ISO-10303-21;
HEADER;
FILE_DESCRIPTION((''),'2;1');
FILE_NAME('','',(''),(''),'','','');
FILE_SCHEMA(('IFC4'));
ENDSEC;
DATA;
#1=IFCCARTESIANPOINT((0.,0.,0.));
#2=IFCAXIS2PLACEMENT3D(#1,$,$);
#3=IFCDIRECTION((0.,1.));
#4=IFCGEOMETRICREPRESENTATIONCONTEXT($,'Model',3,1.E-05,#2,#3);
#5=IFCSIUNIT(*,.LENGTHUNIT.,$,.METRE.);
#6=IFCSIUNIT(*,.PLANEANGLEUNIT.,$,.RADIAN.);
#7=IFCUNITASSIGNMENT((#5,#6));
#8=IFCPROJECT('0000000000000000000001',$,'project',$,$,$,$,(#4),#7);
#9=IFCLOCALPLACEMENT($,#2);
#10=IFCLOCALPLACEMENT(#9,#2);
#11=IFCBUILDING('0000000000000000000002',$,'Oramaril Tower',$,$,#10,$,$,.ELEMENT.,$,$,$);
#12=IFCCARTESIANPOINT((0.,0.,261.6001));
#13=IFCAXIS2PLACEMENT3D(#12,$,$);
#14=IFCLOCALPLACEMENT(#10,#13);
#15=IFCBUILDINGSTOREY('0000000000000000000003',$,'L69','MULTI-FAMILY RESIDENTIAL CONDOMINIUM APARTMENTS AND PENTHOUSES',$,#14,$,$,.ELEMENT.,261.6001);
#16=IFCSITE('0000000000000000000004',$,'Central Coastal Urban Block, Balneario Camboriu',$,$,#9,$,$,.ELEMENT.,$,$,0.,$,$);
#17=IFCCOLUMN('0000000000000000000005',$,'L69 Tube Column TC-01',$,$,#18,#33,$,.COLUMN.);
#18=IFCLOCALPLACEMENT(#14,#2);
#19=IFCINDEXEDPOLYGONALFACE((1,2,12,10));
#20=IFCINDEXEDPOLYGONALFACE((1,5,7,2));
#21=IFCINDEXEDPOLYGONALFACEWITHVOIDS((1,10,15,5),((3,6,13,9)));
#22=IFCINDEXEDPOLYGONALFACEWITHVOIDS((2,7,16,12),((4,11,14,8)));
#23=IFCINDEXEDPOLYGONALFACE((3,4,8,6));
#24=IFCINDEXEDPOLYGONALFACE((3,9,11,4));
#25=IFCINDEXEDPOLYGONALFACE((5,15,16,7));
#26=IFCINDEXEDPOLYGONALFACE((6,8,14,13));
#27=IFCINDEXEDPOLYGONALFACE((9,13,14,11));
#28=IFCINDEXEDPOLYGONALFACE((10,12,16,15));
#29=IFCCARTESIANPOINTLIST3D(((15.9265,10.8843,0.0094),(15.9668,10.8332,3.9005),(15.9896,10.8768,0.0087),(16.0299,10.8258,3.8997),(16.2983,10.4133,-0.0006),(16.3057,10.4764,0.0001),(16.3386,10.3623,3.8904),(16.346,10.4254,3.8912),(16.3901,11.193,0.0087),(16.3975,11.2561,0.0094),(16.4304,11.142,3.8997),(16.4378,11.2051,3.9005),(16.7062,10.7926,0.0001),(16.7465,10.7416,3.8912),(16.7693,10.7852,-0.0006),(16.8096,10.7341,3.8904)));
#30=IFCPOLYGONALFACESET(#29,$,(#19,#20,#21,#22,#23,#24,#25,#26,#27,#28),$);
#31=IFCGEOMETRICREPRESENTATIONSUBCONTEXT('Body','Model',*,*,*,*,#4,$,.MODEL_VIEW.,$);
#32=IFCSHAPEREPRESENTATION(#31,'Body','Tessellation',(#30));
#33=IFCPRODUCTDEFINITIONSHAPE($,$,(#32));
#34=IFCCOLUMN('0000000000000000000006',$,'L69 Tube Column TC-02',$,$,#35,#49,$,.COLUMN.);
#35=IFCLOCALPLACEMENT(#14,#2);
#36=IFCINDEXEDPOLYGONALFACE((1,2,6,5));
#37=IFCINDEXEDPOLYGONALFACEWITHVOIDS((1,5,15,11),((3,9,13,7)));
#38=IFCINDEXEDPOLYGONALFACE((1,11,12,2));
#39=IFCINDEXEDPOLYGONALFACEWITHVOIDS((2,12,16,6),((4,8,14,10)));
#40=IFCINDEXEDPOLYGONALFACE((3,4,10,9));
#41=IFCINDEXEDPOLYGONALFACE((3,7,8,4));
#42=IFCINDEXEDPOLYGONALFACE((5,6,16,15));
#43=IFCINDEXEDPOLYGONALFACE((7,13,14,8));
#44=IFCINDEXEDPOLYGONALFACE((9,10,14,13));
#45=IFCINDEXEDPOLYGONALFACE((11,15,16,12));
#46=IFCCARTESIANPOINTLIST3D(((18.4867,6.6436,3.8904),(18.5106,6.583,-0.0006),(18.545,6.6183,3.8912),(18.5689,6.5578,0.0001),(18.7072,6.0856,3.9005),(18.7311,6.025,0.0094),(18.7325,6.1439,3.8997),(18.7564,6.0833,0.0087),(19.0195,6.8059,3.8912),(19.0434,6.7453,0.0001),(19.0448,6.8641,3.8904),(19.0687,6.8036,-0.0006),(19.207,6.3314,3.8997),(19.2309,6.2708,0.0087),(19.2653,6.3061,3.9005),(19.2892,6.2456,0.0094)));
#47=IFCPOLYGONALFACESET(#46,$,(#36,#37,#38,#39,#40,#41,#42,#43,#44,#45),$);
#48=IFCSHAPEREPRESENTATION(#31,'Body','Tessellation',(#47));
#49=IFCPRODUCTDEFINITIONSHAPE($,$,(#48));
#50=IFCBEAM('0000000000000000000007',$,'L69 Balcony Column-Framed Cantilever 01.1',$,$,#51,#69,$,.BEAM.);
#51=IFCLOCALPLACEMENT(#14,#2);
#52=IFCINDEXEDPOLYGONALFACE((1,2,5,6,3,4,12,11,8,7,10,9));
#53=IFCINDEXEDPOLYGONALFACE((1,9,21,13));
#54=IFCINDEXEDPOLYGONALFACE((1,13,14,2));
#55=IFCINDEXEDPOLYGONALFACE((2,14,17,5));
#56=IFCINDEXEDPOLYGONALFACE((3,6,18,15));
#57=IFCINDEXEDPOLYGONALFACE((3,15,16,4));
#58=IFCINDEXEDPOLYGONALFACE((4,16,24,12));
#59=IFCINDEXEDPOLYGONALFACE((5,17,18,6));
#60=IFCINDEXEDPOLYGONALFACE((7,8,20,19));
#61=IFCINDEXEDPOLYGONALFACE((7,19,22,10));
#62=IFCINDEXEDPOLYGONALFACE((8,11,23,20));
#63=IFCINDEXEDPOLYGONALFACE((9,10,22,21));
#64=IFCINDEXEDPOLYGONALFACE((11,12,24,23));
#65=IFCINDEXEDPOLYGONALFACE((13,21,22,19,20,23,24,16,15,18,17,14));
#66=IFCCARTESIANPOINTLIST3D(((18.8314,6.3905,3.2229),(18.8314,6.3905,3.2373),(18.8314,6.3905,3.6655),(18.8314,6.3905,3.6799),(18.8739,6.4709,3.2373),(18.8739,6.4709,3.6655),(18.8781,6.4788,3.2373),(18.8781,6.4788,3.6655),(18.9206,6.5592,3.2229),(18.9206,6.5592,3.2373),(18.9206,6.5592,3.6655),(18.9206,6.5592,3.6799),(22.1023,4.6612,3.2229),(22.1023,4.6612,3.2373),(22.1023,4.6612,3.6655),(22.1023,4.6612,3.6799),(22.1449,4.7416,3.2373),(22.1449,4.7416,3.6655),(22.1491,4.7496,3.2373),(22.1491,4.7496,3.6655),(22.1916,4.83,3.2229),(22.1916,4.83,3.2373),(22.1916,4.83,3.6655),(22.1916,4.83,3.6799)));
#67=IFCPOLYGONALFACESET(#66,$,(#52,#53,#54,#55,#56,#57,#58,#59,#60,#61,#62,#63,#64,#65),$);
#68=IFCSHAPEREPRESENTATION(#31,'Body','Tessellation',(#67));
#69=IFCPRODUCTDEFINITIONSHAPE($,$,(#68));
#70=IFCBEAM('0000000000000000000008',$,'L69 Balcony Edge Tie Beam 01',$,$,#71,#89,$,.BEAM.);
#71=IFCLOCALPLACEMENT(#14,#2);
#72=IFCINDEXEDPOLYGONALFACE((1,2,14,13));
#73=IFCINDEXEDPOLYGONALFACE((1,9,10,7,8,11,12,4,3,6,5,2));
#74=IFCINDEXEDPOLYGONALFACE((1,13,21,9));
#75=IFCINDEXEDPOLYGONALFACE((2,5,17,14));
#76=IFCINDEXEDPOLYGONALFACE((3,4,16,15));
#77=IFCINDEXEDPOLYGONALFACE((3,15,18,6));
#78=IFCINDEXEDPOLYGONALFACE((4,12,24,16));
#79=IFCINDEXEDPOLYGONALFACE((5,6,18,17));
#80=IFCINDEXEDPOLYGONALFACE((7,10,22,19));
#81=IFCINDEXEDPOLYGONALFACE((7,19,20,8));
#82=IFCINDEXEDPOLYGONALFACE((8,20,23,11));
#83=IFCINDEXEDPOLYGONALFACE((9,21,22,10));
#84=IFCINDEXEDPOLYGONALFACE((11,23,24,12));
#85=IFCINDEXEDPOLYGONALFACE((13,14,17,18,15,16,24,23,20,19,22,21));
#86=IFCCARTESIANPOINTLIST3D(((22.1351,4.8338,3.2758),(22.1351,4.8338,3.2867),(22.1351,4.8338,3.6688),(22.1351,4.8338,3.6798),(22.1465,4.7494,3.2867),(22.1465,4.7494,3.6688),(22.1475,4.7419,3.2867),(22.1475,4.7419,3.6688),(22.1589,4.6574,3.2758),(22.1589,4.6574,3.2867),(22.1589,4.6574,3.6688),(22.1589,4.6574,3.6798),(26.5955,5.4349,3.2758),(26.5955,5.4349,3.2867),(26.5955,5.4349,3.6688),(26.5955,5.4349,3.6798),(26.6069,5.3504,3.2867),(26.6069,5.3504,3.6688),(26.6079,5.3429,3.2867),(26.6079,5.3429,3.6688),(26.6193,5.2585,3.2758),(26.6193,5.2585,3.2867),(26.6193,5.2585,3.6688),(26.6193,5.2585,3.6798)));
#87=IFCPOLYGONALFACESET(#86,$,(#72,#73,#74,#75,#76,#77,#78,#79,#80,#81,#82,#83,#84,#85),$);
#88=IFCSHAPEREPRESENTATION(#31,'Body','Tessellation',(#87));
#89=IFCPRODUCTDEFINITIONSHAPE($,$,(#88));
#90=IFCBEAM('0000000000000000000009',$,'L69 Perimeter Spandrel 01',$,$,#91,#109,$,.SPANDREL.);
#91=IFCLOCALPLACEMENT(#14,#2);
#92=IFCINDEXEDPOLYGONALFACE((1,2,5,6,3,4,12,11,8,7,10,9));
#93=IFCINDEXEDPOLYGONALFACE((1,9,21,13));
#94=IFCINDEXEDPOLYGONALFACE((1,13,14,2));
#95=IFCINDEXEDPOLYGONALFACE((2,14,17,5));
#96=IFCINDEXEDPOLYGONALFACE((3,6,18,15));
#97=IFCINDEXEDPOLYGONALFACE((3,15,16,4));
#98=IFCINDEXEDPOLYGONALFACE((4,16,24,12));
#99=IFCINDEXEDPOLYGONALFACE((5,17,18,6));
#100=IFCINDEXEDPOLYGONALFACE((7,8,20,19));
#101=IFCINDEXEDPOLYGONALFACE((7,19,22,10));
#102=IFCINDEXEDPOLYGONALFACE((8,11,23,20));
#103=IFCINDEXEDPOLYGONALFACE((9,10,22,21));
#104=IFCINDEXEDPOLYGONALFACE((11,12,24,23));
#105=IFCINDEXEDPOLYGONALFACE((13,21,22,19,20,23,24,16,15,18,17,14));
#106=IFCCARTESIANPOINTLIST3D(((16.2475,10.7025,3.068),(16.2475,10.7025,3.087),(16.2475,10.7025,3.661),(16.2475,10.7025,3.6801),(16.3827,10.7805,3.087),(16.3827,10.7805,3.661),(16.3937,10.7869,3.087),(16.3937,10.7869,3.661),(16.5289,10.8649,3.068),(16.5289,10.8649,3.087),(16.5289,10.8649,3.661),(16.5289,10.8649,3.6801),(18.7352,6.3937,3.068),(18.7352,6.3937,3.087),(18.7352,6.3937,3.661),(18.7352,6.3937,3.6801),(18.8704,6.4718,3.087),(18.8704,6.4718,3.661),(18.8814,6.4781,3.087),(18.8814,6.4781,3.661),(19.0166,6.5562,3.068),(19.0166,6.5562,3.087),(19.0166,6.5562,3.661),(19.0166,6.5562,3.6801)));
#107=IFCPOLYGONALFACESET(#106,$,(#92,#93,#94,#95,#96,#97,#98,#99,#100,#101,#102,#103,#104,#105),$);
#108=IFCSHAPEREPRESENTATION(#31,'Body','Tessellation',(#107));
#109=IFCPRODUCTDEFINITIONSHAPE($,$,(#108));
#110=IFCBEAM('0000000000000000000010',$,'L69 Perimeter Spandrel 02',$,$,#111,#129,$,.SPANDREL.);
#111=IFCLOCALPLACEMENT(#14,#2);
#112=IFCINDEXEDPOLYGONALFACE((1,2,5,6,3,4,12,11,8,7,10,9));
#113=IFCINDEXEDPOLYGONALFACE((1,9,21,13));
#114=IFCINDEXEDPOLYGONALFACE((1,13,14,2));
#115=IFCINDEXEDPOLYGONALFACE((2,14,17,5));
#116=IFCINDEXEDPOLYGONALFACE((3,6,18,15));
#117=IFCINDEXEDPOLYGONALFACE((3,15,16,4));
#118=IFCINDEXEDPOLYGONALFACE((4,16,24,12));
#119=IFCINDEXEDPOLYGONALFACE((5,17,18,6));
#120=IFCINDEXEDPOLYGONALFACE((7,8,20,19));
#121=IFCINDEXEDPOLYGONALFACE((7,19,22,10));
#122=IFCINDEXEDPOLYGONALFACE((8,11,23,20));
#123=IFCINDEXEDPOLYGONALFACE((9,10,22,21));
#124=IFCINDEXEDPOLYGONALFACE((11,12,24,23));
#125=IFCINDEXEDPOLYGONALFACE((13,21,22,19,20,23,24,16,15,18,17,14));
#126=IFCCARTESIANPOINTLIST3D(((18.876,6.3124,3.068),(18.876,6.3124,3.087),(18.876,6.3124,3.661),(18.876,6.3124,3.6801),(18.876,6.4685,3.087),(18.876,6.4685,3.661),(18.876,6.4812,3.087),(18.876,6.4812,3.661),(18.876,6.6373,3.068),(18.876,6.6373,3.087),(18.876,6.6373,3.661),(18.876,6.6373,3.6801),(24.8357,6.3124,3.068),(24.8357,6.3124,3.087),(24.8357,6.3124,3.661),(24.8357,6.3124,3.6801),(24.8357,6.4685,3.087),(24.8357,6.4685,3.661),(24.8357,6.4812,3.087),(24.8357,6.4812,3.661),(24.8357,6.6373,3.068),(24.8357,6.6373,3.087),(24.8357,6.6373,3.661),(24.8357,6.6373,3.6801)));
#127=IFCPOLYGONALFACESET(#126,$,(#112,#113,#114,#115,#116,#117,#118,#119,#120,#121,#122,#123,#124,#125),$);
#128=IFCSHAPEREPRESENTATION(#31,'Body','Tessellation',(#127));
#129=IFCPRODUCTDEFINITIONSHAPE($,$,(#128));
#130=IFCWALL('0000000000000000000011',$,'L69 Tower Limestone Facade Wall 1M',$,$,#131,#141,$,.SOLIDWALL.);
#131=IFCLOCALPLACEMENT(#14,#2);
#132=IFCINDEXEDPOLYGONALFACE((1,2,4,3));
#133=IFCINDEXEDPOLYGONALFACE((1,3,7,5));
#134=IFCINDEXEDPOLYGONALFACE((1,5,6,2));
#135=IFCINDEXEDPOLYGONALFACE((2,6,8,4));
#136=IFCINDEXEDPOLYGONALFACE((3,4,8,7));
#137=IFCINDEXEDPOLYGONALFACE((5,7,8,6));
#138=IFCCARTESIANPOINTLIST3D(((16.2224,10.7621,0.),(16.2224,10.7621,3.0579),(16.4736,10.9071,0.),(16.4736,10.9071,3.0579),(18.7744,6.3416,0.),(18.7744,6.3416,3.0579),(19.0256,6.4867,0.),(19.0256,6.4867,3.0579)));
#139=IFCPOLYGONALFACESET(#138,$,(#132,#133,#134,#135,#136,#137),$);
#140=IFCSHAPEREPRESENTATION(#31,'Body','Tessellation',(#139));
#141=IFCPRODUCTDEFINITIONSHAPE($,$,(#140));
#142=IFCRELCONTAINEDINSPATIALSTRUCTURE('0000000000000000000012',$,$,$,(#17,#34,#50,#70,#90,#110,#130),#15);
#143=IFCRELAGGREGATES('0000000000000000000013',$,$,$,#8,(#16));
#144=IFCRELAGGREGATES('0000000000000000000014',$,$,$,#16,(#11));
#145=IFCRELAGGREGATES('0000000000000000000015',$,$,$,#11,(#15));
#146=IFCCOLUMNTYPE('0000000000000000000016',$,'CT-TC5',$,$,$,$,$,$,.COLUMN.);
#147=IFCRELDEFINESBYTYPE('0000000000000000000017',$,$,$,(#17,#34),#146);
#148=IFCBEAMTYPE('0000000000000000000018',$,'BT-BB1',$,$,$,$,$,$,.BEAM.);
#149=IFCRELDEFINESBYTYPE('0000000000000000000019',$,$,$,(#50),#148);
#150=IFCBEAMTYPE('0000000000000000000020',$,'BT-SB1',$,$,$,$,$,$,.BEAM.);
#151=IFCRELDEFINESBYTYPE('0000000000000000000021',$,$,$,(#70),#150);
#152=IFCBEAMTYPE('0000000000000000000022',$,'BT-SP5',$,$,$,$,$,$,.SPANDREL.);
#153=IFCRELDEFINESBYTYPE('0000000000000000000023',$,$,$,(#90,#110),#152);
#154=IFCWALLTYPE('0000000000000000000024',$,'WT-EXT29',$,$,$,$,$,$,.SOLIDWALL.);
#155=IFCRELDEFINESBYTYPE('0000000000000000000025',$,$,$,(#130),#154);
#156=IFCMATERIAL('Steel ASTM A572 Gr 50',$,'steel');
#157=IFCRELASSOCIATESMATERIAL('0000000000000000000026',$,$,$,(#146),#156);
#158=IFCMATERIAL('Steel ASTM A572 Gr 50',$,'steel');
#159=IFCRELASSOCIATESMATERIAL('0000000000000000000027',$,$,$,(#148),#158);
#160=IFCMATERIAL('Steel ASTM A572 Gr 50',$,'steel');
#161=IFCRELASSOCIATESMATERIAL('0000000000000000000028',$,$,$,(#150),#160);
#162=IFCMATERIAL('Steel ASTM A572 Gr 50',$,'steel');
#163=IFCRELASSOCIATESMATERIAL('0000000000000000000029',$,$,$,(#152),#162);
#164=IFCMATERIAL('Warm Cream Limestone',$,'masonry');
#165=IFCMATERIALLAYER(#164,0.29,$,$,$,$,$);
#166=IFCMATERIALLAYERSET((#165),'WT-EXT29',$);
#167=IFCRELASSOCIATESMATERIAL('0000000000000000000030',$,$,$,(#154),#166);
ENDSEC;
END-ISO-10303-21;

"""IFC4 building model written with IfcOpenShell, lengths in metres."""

from ifc_helpers import new_model, si_unit, direction, frame, frame_2d, origin, origin_2d, place, context, subcontext, project, spatial, rectangle, hollow_rectangle, i_section, extrude, material, layer, layer_set, material_profile, profile_set, type_object, element, save


model = new_model("IFC4")

# Units and contexts
model_context = context("Model", 3, precision=1e-05, world=origin(), true_north=direction((0.0, 1.0)))
body_context = subcontext(model_context, "Body", "Model", "MODEL_VIEW")
ifc_project = project(units=[si_unit("LENGTHUNIT", "METRE"), si_unit("PLANEANGLEUNIT", "RADIAN")], contexts=[model_context])

# Site, building, storey
site_placement = place(None, origin())
site = spatial("IfcSite", under=ifc_project, at=site_placement, Name="Central Coastal Urban Block, Balneario Camboriu", CompositionType="ELEMENT", RefElevation=0.0)
building_placement = place(site_placement, origin())
building = spatial("IfcBuilding", under=site, at=building_placement, Name="Oramaril Tower", CompositionType="ELEMENT")
storey_placement = place(building_placement, frame((0.0, 0.0, 261.6001)))
storey = spatial("IfcBuildingStorey", under=building, at=storey_placement, Name="L69", Description="MULTI-FAMILY RESIDENTIAL CONDOMINIUM APARTMENTS AND PENTHOUSES", CompositionType="ELEMENT", Elevation=261.6001)

# Columns
ifc_material_1 = material(Name="Steel ASTM A572 Gr 50", Category="steel")
ifc_material_profile_1 = material_profile(ifc_material_1, hollow_rectangle(XDim=0.6001, YDim=0.6001, WallThickness=0.0449, at=origin_2d()), Name="BOX600X600X45")
ifc_profile_set_1 = profile_set([ifc_material_profile_1], Name="Steel ASTM A572 Gr 50")
column_type = type_object("IfcColumnType", Name="CT-TC5", PredefinedType="COLUMN", material=ifc_profile_set_1)
for number, where, z_axis, x_axis, name in (
    (1, (16.3479, 10.8347, 0.0044), (0.010351, -0.013111, 0.99986), (0.784883, 0.619644, 0.0), "L69 Tube Column TC-01"),
    (2, (18.8999, 6.4143, 0.0044), (-0.006148, 0.015558, 0.99986), (-0.93002, -0.367508, 0.0), "L69 Tube Column TC-02"),
):
    element("IfcColumn", number, at=place(storey_placement, frame(where, z_axis=z_axis, x_axis=x_axis)), inside=storey, type_object=column_type, Name=name, PredefinedType="COLUMN", context=body_context, shape_type="SweptSolid", body=[
        extrude(hollow_rectangle(XDim=0.6001, YDim=0.6001, WallThickness=0.0449, at=origin_2d()), origin(), (0.0, 0.0, 1.0), 3.8916),
    ])

# Beams
ifc_material_2 = material(Name="Steel ASTM A572 Gr 50", Category="steel")
ifc_material_profile_2 = material_profile(ifc_material_2, i_section(OverallWidth=0.1909, OverallDepth=0.457, WebThickness=0.009, FlangeThickness=0.0144, at=origin_2d()), Name="W18X50")
ifc_profile_set_2 = profile_set([ifc_material_profile_2], Name="Steel ASTM A572 Gr 50")
beam_type_1 = type_object("IfcBeamType", Name="BT-BB1", PredefinedType="BEAM", material=ifc_profile_set_2)
beam_1_placement = place(storey_placement, frame((18.876, 6.4749, 3.4514), z_axis=(0.884062, -0.467369, 0.0), x_axis=(0.467369, 0.884062, 0.0)))
element("IfcBeam", 3, at=beam_1_placement, inside=storey, type_object=beam_type_1, Name="L69 Balcony Column-Framed Cantilever 01.1", PredefinedType="BEAM", context=body_context, shape_type="SweptSolid", body=[
    extrude(i_section(OverallWidth=0.1909, OverallDepth=0.457, WebThickness=0.009, FlangeThickness=0.0144, at=origin_2d()), origin(), (0.0, 0.0, 1.0), 3.7),
])
ifc_material_3 = material(Name="Steel ASTM A572 Gr 50", Category="steel")
ifc_material_profile_3 = material_profile(ifc_material_3, i_section(OverallWidth=0.178, OverallDepth=0.4041, WebThickness=0.0076, FlangeThickness=0.011, at=origin_2d()), Name="W16X36")
ifc_profile_set_3 = profile_set([ifc_material_profile_3], Name="Steel ASTM A572 Gr 50")
beam_type_2 = type_object("IfcBeamType", Name="BT-SB1", PredefinedType="BEAM", material=ifc_profile_set_3)
beam_2_placement = place(storey_placement, frame((22.147, 4.7456, 3.4778), z_axis=(0.991042, 0.133549, 0.0), x_axis=(-0.133549, 0.991042, 0.0)))
element("IfcBeam", 4, at=beam_2_placement, inside=storey, type_object=beam_type_2, Name="L69 Balcony Edge Tie Beam 01", PredefinedType="BEAM", context=body_context, shape_type="SweptSolid", body=[
    extrude(i_section(OverallWidth=0.178, OverallDepth=0.4041, WebThickness=0.0076, FlangeThickness=0.011, at=origin_2d()), origin(), (0.0, 0.0, 1.0), 4.5007),
])
ifc_material_4 = material(Name="Steel ASTM A572 Gr 50", Category="steel")
ifc_material_profile_4 = material_profile(ifc_material_4, i_section(OverallWidth=0.325, OverallDepth=0.6121, WebThickness=0.0127, FlangeThickness=0.019, at=origin_2d()), Name="W24X104")
ifc_profile_set_4 = profile_set([ifc_material_profile_4], Name="Steel ASTM A572 Gr 50")
beam_type_3 = type_object("IfcBeamType", Name="BT-SP5", PredefinedType="SPANDREL", material=ifc_profile_set_4)
beam_3_placement = place(storey_placement, frame((16.3882, 10.7837, 3.374), z_axis=(0.500013, -0.866018, 0.0), x_axis=(0.866018, 0.500013, 0.0)))
element("IfcBeam", 5, at=beam_3_placement, inside=storey, type_object=beam_type_3, Name="L69 Perimeter Spandrel 01", PredefinedType="SPANDREL", context=body_context, shape_type="SweptSolid", body=[
    extrude(i_section(OverallWidth=0.325, OverallDepth=0.6121, WebThickness=0.0127, FlangeThickness=0.019, at=origin_2d()), origin(), (0.0, 0.0, 1.0), 4.9753),
])
beam_4_placement = place(storey_placement, frame((18.876, 6.4749, 3.374), z_axis=(1.0, 0.0, 0.0), x_axis=(0.0, 1.0, 0.0)))
element("IfcBeam", 6, at=beam_4_placement, inside=storey, type_object=beam_type_3, Name="L69 Perimeter Spandrel 02", PredefinedType="SPANDREL", context=body_context, shape_type="SweptSolid", body=[
    extrude(i_section(OverallWidth=0.325, OverallDepth=0.6121, WebThickness=0.0127, FlangeThickness=0.019, at=origin_2d()), origin(), (0.0, 0.0, 1.0), 5.9597),
])

# Wall
ifc_material_5 = material(Name="Warm Cream Limestone", Category="masonry")
ifc_layer_1 = layer(ifc_material_5, 0.29)
ifc_layer_set_1 = layer_set([ifc_layer_1], Name="WT-EXT29")
wall_type = type_object("IfcWallType", Name="WT-EXT29", PredefinedType="SOLIDWALL", material=ifc_layer_set_1)
wall_1_placement = place(storey_placement, frame((16.3479, 10.8347, 0.0), z_axis=(0.0, 0.0, 1.0), x_axis=(0.499982, -0.866036, 0.0)))
element("IfcWall", 7, at=wall_1_placement, inside=storey, type_object=wall_type, Name="L69 Tower Limestone Facade Wall 1M", PredefinedType="SOLIDWALL", context=body_context, shape_type="SweptSolid", body=[
    extrude(rectangle(XDim=5.1042, YDim=0.29, at=frame_2d((2.5522, 0.0))), origin(), (0.0, 0.0, 1.0), 3.0579),
])

save(model, "model.ifc")
